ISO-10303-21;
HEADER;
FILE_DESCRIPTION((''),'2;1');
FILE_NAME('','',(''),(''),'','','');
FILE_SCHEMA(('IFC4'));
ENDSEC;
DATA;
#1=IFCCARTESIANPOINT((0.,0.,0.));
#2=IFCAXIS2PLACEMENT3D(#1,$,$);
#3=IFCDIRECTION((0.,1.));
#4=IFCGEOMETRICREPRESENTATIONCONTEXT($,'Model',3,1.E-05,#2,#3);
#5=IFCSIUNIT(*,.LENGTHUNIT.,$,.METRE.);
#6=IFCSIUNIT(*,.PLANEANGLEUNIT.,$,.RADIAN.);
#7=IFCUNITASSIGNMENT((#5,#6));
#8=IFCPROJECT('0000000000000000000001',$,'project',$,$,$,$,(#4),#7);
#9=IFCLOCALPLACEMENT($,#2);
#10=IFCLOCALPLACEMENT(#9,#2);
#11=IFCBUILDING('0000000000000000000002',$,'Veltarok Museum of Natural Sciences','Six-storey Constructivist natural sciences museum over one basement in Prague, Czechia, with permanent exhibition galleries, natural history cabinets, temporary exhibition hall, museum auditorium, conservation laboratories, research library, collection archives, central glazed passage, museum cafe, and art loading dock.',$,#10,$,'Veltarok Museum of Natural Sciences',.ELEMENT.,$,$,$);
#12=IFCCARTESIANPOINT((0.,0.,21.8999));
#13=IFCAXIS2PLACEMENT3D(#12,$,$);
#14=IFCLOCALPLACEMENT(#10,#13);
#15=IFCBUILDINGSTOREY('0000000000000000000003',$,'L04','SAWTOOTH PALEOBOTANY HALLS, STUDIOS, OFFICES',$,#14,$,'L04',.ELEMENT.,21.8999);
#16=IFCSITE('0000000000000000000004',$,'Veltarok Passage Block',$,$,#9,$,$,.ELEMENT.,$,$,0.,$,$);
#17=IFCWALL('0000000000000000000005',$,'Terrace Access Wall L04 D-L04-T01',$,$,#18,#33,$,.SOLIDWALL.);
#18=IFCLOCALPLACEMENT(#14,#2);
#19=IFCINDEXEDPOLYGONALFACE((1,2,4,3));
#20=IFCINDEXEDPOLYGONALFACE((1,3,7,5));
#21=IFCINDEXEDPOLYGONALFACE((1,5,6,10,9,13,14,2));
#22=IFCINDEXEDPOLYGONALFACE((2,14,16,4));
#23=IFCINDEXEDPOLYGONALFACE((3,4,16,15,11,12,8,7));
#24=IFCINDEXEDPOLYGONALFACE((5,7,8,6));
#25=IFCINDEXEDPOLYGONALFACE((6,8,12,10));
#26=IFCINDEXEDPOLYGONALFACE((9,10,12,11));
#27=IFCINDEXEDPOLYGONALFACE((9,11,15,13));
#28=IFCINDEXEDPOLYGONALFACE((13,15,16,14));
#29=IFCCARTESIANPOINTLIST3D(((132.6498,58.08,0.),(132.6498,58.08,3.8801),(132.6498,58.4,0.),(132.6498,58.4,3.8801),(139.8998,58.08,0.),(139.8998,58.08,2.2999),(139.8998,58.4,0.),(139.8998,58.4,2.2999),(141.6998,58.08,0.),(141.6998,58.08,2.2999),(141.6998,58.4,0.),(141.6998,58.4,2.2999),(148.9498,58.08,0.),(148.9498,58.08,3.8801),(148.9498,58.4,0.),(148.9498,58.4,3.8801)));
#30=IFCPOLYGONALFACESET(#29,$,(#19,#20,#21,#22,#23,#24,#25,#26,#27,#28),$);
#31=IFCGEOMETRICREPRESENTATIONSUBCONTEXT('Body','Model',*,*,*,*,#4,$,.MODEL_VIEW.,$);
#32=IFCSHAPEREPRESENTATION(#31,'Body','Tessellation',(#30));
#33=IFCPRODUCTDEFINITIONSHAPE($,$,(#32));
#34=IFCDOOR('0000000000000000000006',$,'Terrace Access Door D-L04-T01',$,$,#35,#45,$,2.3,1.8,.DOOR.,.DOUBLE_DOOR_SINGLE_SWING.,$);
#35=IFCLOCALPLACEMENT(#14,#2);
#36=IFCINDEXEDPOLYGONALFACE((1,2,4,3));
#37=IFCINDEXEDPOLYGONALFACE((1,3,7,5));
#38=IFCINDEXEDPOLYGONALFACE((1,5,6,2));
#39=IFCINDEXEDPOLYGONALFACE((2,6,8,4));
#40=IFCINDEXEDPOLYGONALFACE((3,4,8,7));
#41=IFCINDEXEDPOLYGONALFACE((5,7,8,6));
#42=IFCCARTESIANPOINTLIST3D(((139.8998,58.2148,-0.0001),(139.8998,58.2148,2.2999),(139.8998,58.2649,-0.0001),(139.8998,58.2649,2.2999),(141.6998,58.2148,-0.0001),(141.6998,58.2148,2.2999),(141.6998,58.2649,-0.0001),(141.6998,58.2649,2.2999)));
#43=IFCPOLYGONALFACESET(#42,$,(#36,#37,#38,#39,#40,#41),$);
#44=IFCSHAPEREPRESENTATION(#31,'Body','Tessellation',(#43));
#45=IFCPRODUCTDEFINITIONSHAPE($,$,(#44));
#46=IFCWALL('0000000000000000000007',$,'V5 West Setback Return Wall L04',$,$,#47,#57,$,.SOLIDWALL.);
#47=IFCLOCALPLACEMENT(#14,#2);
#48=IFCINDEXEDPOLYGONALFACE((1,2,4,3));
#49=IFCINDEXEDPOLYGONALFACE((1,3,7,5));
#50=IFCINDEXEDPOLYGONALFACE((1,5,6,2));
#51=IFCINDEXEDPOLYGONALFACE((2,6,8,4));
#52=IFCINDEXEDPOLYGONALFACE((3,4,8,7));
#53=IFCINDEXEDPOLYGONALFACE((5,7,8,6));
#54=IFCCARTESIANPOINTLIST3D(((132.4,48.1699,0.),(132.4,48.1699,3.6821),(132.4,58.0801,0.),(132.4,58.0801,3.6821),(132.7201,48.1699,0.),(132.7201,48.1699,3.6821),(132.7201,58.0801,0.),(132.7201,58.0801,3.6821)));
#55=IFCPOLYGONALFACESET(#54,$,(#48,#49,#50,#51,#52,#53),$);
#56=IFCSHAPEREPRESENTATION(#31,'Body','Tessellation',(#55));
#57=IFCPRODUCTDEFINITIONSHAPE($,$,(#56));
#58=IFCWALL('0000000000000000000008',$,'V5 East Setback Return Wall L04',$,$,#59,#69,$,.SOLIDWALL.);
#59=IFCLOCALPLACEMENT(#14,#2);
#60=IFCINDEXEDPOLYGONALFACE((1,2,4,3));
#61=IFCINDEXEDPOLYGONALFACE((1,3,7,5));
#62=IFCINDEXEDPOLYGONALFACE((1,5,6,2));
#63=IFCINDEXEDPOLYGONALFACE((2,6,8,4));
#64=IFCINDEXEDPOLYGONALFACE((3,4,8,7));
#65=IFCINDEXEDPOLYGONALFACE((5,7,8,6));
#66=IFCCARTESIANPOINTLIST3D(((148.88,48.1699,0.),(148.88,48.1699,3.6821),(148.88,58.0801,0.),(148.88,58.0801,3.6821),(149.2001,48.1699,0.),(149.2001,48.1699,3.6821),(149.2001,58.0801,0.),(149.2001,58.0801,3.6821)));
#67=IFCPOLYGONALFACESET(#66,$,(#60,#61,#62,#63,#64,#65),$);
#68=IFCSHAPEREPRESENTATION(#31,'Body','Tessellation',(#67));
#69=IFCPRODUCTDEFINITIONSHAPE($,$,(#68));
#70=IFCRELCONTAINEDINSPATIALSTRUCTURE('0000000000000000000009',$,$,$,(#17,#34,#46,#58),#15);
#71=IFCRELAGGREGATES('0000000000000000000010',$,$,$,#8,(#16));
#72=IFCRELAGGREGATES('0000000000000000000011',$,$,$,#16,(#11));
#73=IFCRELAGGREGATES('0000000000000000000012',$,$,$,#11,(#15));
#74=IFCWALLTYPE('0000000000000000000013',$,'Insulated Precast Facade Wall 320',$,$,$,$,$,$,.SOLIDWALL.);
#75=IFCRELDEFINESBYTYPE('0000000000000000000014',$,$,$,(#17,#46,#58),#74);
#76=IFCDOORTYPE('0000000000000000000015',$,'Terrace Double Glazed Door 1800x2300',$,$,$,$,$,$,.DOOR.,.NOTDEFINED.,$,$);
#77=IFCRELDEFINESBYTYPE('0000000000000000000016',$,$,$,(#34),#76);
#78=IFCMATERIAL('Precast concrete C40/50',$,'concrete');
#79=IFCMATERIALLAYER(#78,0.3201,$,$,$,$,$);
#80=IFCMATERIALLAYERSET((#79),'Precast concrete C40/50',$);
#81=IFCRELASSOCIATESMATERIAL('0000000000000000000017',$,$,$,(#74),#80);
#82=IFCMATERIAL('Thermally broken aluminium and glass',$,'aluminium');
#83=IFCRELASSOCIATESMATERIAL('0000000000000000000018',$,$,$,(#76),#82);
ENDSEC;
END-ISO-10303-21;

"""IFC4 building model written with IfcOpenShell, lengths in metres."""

from ifc_helpers import new_model, si_unit, direction, frame, frame_2d, origin, place, context, subcontext, project, spatial, rectangle, extrude, material, layer, layer_set, type_object, element, fill, save


model = new_model("IFC4")

# Units and contexts
model_context = context("Model", 3, precision=1e-05, world=origin(), true_north=direction((0.0, 1.0)))
body_context = subcontext(model_context, "Body", "Model", "MODEL_VIEW")
ifc_project = project(units=[si_unit("LENGTHUNIT", "METRE"), si_unit("PLANEANGLEUNIT", "RADIAN")], contexts=[model_context])

# Site, building, storey
site_placement = place(None, origin())
site = spatial("IfcSite", under=ifc_project, at=site_placement, Name="Veltarok Passage Block", CompositionType="ELEMENT", RefElevation=0.0)
building_placement = place(site_placement, origin())
building = spatial("IfcBuilding", under=site, at=building_placement, Name="Veltarok Museum of Natural Sciences", Description="Six-storey Constructivist natural sciences museum over one basement in Prague, Czechia, with permanent exhibition galleries, natural history cabinets, temporary exhibition hall, museum auditorium, conservation laboratories, research library, collection archives, central glazed passage, museum cafe, and art loading dock.", LongName="Veltarok Museum of Natural Sciences", CompositionType="ELEMENT")
storey_placement = place(building_placement, frame((0.0, 0.0, 21.8999)))
storey = spatial("IfcBuildingStorey", under=building, at=storey_placement, Name="L04", Description="SAWTOOTH PALEOBOTANY HALLS, STUDIOS, OFFICES", LongName="L04", CompositionType="ELEMENT", Elevation=21.8999)

# Shared definitions
ifc_material_1 = material(Name="Precast concrete C40/50", Category="concrete")

# Shared definitions
ifc_layer_1 = layer(ifc_material_1, 0.3201)
ifc_layer_set_1 = layer_set([ifc_layer_1], Name="Precast concrete C40/50")
wall_type = type_object("IfcWallType", Name="Insulated Precast Facade Wall 320", PredefinedType="SOLIDWALL", material=ifc_layer_set_1)

# Wall, opening, door
wall_1_placement = place(storey_placement, frame((132.6499, 58.24, 0.0), z_axis=(0.0, 0.0, 1.0), x_axis=(1.0, 0.0, 0.0)))
wall_1 = element("IfcWall", 1, at=wall_1_placement, inside=storey, type_object=wall_type, Name="Terrace Access Wall L04 D-L04-T01", PredefinedType="SOLIDWALL", context=body_context, shape_type="SweptSolid", body=[
    extrude(rectangle(XDim=16.3, YDim=0.3201, at=frame_2d((8.1499, 0.0))), origin(), (0.0, 0.0, 1.0), 3.8801),
])
opening_placement = place(wall_1_placement, frame((7.25, 0.0, 0.0)))
opening = element("IfcOpeningElement", 2, at=opening_placement, cuts=wall_1, PredefinedType="OPENING", context=body_context, shape_type="SweptSolid", body=[
    extrude(rectangle(XDim=1.8, YDim=2.3, at=frame_2d((0.8999, 1.1499))), frame((0.0, 0.1699, 0.0), z_axis=(0.0, -1.0, 0.0), x_axis=(1.0, 0.0, 0.0)), (0.0, 0.0, 1.0), 0.3401),
])
ifc_material_2 = material(Name="Thermally broken aluminium and glass", Category="aluminium")
door_type = type_object("IfcDoorType", Name="Terrace Double Glazed Door 1800x2300", OperationType="NOTDEFINED", PredefinedType="DOOR", material=ifc_material_2)
door_placement = place(opening_placement, origin())
door = element("IfcDoor", 3, at=door_placement, inside=storey, type_object=door_type, Name="Terrace Access Door D-L04-T01", OperationType="DOUBLE_DOOR_SINGLE_SWING", OverallHeight=2.3, OverallWidth=1.8, PredefinedType="DOOR", context=body_context, shape_type="SweptSolid", body=[
    extrude(rectangle(XDim=1.8, YDim=2.3, at=frame_2d((0.8999, 1.1499))), frame((0.0, 0.0249, 0.0), z_axis=(0.0, -1.0, 0.0), x_axis=(1.0, 0.0, 0.0)), (0.0, 0.0, 1.0), 0.05),
])
fill(opening, door)

# Walls
for number, where, z_axis, x_axis, name in (
    (4, (132.5601, 48.1699, 0.0), (0.0, 0.0, 1.0), (0.0, 1.0, 0.0), "V5 West Setback Return Wall L04"),
    (5, (149.04, 58.0801, 0.0), (0.0, 0.0, 1.0), (0.0, -1.0, 0.0), "V5 East Setback Return Wall L04"),
):
    element("IfcWall", number, at=place(storey_placement, frame(where, z_axis=z_axis, x_axis=x_axis)), inside=storey, type_object=wall_type, Name=name, PredefinedType="SOLIDWALL", context=body_context, shape_type="SweptSolid", body=[
        extrude(rectangle(XDim=9.9102, YDim=0.3201, at=frame_2d((4.9551, 0.0))), origin(), (0.0, 0.0, 1.0), 3.6821),
    ])

save(model, "model.ifc")
